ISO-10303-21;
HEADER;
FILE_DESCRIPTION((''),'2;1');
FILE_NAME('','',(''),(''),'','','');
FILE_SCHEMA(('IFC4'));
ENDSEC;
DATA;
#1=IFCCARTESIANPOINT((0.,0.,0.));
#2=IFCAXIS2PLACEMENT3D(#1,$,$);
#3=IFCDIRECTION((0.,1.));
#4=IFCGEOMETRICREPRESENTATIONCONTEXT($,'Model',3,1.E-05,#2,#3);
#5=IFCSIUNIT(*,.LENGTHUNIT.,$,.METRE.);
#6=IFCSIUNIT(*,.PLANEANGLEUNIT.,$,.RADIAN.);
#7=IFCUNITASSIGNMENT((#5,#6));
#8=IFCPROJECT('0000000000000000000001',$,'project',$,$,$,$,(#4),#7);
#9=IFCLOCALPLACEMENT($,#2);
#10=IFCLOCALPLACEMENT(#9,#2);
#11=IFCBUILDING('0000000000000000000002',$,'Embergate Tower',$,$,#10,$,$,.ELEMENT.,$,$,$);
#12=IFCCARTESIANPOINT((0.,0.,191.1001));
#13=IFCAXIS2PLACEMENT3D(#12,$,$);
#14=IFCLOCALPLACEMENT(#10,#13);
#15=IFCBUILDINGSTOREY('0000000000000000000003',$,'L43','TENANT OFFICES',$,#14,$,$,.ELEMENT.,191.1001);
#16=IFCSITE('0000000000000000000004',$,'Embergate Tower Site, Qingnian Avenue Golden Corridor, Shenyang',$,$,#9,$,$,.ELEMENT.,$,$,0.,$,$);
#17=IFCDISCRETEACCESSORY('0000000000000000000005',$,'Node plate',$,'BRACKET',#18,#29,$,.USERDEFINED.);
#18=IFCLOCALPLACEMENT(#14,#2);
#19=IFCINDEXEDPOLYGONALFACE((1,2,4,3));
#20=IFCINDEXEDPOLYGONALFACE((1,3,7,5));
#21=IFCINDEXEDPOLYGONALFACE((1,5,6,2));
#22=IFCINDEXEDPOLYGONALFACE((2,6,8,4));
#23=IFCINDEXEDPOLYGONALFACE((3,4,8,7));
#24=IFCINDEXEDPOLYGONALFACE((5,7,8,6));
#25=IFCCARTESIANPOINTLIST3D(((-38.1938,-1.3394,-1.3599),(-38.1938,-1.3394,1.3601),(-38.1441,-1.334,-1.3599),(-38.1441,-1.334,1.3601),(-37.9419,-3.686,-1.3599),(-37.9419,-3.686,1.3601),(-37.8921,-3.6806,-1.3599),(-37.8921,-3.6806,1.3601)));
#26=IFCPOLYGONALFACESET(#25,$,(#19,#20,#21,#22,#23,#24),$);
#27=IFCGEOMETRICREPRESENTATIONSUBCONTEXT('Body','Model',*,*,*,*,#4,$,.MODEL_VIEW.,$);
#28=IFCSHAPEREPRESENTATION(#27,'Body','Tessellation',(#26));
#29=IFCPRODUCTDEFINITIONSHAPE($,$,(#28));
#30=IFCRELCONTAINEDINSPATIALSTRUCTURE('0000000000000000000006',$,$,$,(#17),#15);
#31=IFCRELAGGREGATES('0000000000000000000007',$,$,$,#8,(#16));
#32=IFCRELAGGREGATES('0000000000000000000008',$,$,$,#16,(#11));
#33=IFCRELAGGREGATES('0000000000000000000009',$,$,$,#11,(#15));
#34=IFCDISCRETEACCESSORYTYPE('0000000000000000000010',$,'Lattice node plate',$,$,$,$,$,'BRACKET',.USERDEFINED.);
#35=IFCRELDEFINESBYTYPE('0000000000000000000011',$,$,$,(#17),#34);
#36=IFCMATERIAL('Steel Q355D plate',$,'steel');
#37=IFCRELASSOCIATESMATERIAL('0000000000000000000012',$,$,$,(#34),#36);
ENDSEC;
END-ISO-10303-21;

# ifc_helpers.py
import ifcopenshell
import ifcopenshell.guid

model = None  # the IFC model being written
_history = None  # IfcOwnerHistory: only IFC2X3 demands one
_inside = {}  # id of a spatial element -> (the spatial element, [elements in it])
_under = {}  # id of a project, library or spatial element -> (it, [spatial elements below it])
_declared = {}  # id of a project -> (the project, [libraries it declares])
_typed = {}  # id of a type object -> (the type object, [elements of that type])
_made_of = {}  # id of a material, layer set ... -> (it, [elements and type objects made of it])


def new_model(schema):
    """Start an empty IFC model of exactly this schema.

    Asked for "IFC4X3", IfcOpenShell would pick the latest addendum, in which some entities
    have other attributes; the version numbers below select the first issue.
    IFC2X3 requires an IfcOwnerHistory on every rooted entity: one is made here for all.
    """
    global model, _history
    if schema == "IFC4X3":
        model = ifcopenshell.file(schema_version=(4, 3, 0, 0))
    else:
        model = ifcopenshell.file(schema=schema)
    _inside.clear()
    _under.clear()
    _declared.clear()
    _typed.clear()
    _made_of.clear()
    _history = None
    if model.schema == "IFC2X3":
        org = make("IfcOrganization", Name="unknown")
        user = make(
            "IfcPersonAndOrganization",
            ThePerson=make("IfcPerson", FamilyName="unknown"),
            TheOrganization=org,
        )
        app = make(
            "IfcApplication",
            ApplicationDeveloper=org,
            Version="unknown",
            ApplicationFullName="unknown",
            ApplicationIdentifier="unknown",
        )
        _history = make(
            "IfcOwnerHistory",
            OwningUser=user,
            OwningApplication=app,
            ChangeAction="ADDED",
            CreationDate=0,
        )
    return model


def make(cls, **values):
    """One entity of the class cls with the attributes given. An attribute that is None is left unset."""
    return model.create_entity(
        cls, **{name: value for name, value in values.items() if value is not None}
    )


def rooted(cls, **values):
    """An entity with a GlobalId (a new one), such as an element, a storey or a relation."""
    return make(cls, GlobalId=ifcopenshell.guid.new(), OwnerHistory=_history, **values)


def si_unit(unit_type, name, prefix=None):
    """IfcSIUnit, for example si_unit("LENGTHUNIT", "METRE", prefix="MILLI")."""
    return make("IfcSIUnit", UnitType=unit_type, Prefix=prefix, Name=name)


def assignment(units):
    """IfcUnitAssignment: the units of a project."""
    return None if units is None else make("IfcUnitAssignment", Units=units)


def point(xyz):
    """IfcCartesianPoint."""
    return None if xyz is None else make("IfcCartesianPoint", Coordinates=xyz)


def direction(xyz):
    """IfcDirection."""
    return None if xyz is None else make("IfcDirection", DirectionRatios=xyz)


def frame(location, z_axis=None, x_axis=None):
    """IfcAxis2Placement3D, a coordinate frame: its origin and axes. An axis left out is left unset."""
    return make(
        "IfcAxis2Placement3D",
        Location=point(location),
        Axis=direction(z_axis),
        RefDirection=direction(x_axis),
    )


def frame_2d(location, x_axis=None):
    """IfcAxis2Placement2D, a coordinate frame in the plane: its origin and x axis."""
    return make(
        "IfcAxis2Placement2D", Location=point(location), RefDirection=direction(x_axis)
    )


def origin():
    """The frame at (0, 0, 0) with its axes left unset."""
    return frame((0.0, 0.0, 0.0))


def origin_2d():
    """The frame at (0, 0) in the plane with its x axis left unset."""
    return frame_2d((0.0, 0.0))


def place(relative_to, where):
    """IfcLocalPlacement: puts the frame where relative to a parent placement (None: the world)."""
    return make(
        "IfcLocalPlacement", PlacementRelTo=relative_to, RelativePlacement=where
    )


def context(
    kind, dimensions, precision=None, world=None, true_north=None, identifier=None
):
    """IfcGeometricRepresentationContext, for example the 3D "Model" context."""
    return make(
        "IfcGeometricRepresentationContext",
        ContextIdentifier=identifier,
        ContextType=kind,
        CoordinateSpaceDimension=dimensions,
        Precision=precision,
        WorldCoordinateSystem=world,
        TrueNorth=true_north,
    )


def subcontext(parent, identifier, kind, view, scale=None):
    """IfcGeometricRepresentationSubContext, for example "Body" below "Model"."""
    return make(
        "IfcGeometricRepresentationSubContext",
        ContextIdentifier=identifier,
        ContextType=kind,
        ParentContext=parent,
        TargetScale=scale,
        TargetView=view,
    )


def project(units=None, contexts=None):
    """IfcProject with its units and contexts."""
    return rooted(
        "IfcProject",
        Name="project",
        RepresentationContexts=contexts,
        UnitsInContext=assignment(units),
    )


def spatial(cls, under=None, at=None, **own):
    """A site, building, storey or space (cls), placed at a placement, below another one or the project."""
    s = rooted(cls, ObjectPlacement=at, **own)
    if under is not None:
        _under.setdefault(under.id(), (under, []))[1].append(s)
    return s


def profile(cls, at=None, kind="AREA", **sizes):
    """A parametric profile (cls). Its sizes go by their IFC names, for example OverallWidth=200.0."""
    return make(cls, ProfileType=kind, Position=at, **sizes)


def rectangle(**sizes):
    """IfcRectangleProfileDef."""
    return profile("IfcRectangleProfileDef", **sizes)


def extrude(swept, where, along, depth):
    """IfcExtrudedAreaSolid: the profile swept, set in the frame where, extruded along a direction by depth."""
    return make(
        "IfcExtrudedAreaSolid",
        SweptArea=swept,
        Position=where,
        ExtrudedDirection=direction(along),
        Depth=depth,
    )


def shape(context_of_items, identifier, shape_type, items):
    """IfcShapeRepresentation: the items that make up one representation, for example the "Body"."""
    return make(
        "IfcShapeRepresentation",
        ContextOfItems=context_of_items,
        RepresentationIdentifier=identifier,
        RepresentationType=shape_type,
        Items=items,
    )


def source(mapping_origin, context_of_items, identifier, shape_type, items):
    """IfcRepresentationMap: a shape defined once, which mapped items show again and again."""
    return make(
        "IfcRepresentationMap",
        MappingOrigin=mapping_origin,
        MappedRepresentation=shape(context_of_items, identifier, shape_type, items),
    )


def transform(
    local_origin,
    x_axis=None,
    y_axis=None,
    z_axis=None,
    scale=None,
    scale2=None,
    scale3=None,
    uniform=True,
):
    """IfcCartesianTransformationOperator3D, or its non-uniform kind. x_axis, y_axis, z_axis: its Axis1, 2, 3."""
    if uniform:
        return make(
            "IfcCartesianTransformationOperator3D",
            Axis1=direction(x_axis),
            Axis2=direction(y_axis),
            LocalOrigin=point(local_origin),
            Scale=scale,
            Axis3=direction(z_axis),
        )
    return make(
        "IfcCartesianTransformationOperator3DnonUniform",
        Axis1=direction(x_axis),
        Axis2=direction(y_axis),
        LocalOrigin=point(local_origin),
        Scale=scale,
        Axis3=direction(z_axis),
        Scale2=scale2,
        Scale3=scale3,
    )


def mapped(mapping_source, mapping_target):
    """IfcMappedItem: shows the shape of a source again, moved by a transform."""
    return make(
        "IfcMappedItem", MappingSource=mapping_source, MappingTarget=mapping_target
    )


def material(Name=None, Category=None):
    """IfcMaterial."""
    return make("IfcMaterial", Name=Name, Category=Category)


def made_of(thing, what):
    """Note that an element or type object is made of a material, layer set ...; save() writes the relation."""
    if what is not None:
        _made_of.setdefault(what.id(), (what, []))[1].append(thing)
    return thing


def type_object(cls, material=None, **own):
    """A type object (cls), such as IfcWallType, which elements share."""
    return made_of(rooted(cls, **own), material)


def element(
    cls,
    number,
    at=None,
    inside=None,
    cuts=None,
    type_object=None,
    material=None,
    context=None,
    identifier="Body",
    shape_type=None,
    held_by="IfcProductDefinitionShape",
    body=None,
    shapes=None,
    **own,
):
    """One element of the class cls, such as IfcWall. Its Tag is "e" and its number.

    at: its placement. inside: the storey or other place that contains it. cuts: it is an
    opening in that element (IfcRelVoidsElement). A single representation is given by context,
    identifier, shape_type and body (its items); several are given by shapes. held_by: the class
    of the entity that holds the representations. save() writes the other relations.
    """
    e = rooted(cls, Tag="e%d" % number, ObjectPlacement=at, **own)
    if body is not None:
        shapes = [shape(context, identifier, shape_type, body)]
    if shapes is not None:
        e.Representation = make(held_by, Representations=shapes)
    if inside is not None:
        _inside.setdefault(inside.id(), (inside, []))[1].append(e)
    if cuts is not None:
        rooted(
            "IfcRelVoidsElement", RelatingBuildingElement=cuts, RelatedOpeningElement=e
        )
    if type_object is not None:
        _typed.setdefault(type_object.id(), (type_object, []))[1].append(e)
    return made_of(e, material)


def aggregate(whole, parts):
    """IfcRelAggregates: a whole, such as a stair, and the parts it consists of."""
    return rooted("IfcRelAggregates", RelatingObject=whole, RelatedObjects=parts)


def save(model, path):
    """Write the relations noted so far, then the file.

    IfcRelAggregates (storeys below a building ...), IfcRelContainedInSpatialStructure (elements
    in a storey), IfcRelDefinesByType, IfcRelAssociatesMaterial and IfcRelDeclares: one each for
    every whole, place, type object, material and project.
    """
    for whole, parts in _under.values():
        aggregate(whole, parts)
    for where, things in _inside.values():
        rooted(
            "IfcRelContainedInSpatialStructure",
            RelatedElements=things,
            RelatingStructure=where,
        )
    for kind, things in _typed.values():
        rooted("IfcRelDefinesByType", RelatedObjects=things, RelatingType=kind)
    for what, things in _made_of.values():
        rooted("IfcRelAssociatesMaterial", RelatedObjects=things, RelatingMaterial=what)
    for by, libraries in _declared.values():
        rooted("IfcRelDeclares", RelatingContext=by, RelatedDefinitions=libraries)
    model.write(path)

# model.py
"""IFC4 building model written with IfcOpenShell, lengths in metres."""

from ifc_helpers import new_model, si_unit, direction, frame, origin, origin_2d, place, context, subcontext, project, spatial, rectangle, extrude, source, transform, mapped, material, type_object, element, save


model = new_model("IFC4")

# Units and contexts
model_context = context("Model", 3, precision=1e-05, world=origin(), true_north=direction((0.0, 1.0)))
body_context = subcontext(model_context, "Body", "Model", "MODEL_VIEW")
ifc_project = project(units=[si_unit("LENGTHUNIT", "METRE"), si_unit("PLANEANGLEUNIT", "RADIAN")], contexts=[model_context])

# Site, building, storey
site_placement = place(None, origin())
site = spatial("IfcSite", under=ifc_project, at=site_placement, Name="Embergate Tower Site, Qingnian Avenue Golden Corridor, Shenyang", CompositionType="ELEMENT", RefElevation=0.0)
building_placement = place(site_placement, origin())
building = spatial("IfcBuilding", under=site, at=building_placement, Name="Embergate Tower", CompositionType="ELEMENT")
storey_placement = place(building_placement, frame((0.0, 0.0, 191.1001)))
storey = spatial("IfcBuildingStorey", under=building, at=storey_placement, Name="L43", Description="TENANT OFFICES", CompositionType="ELEMENT", Elevation=191.1001)

# Discrete accessory
ifc_material_1 = material(Name="Steel Q355D plate", Category="steel")
discrete_accessory_type = type_object("IfcDiscreteAccessoryType", Name="Lattice node plate", ElementType="BRACKET", PredefinedType="USERDEFINED", material=ifc_material_1)
shared_shape_1 = source(origin(), body_context, "Body", "SweptSolid", [
    extrude(rectangle(XDim=2.3601, YDim=0.05, at=origin_2d()), origin(), (0.0, 0.0, 1.0), 2.72),
])
discrete_accessory_placement = place(storey_placement, frame((-38.043, -2.51, -1.3599), z_axis=(0.0, 0.0, 1.0), x_axis=(0.10675, -0.994286, 0.0)))
element("IfcDiscreteAccessory", 1, at=discrete_accessory_placement, inside=storey, type_object=discrete_accessory_type, Name="Node plate", ObjectType="BRACKET", PredefinedType="USERDEFINED", context=body_context, shape_type="MappedRepresentation", body=[
    mapped(shared_shape_1, transform((0.0, 0.0, 0.0))),
])

save(model, "model.ifc")
